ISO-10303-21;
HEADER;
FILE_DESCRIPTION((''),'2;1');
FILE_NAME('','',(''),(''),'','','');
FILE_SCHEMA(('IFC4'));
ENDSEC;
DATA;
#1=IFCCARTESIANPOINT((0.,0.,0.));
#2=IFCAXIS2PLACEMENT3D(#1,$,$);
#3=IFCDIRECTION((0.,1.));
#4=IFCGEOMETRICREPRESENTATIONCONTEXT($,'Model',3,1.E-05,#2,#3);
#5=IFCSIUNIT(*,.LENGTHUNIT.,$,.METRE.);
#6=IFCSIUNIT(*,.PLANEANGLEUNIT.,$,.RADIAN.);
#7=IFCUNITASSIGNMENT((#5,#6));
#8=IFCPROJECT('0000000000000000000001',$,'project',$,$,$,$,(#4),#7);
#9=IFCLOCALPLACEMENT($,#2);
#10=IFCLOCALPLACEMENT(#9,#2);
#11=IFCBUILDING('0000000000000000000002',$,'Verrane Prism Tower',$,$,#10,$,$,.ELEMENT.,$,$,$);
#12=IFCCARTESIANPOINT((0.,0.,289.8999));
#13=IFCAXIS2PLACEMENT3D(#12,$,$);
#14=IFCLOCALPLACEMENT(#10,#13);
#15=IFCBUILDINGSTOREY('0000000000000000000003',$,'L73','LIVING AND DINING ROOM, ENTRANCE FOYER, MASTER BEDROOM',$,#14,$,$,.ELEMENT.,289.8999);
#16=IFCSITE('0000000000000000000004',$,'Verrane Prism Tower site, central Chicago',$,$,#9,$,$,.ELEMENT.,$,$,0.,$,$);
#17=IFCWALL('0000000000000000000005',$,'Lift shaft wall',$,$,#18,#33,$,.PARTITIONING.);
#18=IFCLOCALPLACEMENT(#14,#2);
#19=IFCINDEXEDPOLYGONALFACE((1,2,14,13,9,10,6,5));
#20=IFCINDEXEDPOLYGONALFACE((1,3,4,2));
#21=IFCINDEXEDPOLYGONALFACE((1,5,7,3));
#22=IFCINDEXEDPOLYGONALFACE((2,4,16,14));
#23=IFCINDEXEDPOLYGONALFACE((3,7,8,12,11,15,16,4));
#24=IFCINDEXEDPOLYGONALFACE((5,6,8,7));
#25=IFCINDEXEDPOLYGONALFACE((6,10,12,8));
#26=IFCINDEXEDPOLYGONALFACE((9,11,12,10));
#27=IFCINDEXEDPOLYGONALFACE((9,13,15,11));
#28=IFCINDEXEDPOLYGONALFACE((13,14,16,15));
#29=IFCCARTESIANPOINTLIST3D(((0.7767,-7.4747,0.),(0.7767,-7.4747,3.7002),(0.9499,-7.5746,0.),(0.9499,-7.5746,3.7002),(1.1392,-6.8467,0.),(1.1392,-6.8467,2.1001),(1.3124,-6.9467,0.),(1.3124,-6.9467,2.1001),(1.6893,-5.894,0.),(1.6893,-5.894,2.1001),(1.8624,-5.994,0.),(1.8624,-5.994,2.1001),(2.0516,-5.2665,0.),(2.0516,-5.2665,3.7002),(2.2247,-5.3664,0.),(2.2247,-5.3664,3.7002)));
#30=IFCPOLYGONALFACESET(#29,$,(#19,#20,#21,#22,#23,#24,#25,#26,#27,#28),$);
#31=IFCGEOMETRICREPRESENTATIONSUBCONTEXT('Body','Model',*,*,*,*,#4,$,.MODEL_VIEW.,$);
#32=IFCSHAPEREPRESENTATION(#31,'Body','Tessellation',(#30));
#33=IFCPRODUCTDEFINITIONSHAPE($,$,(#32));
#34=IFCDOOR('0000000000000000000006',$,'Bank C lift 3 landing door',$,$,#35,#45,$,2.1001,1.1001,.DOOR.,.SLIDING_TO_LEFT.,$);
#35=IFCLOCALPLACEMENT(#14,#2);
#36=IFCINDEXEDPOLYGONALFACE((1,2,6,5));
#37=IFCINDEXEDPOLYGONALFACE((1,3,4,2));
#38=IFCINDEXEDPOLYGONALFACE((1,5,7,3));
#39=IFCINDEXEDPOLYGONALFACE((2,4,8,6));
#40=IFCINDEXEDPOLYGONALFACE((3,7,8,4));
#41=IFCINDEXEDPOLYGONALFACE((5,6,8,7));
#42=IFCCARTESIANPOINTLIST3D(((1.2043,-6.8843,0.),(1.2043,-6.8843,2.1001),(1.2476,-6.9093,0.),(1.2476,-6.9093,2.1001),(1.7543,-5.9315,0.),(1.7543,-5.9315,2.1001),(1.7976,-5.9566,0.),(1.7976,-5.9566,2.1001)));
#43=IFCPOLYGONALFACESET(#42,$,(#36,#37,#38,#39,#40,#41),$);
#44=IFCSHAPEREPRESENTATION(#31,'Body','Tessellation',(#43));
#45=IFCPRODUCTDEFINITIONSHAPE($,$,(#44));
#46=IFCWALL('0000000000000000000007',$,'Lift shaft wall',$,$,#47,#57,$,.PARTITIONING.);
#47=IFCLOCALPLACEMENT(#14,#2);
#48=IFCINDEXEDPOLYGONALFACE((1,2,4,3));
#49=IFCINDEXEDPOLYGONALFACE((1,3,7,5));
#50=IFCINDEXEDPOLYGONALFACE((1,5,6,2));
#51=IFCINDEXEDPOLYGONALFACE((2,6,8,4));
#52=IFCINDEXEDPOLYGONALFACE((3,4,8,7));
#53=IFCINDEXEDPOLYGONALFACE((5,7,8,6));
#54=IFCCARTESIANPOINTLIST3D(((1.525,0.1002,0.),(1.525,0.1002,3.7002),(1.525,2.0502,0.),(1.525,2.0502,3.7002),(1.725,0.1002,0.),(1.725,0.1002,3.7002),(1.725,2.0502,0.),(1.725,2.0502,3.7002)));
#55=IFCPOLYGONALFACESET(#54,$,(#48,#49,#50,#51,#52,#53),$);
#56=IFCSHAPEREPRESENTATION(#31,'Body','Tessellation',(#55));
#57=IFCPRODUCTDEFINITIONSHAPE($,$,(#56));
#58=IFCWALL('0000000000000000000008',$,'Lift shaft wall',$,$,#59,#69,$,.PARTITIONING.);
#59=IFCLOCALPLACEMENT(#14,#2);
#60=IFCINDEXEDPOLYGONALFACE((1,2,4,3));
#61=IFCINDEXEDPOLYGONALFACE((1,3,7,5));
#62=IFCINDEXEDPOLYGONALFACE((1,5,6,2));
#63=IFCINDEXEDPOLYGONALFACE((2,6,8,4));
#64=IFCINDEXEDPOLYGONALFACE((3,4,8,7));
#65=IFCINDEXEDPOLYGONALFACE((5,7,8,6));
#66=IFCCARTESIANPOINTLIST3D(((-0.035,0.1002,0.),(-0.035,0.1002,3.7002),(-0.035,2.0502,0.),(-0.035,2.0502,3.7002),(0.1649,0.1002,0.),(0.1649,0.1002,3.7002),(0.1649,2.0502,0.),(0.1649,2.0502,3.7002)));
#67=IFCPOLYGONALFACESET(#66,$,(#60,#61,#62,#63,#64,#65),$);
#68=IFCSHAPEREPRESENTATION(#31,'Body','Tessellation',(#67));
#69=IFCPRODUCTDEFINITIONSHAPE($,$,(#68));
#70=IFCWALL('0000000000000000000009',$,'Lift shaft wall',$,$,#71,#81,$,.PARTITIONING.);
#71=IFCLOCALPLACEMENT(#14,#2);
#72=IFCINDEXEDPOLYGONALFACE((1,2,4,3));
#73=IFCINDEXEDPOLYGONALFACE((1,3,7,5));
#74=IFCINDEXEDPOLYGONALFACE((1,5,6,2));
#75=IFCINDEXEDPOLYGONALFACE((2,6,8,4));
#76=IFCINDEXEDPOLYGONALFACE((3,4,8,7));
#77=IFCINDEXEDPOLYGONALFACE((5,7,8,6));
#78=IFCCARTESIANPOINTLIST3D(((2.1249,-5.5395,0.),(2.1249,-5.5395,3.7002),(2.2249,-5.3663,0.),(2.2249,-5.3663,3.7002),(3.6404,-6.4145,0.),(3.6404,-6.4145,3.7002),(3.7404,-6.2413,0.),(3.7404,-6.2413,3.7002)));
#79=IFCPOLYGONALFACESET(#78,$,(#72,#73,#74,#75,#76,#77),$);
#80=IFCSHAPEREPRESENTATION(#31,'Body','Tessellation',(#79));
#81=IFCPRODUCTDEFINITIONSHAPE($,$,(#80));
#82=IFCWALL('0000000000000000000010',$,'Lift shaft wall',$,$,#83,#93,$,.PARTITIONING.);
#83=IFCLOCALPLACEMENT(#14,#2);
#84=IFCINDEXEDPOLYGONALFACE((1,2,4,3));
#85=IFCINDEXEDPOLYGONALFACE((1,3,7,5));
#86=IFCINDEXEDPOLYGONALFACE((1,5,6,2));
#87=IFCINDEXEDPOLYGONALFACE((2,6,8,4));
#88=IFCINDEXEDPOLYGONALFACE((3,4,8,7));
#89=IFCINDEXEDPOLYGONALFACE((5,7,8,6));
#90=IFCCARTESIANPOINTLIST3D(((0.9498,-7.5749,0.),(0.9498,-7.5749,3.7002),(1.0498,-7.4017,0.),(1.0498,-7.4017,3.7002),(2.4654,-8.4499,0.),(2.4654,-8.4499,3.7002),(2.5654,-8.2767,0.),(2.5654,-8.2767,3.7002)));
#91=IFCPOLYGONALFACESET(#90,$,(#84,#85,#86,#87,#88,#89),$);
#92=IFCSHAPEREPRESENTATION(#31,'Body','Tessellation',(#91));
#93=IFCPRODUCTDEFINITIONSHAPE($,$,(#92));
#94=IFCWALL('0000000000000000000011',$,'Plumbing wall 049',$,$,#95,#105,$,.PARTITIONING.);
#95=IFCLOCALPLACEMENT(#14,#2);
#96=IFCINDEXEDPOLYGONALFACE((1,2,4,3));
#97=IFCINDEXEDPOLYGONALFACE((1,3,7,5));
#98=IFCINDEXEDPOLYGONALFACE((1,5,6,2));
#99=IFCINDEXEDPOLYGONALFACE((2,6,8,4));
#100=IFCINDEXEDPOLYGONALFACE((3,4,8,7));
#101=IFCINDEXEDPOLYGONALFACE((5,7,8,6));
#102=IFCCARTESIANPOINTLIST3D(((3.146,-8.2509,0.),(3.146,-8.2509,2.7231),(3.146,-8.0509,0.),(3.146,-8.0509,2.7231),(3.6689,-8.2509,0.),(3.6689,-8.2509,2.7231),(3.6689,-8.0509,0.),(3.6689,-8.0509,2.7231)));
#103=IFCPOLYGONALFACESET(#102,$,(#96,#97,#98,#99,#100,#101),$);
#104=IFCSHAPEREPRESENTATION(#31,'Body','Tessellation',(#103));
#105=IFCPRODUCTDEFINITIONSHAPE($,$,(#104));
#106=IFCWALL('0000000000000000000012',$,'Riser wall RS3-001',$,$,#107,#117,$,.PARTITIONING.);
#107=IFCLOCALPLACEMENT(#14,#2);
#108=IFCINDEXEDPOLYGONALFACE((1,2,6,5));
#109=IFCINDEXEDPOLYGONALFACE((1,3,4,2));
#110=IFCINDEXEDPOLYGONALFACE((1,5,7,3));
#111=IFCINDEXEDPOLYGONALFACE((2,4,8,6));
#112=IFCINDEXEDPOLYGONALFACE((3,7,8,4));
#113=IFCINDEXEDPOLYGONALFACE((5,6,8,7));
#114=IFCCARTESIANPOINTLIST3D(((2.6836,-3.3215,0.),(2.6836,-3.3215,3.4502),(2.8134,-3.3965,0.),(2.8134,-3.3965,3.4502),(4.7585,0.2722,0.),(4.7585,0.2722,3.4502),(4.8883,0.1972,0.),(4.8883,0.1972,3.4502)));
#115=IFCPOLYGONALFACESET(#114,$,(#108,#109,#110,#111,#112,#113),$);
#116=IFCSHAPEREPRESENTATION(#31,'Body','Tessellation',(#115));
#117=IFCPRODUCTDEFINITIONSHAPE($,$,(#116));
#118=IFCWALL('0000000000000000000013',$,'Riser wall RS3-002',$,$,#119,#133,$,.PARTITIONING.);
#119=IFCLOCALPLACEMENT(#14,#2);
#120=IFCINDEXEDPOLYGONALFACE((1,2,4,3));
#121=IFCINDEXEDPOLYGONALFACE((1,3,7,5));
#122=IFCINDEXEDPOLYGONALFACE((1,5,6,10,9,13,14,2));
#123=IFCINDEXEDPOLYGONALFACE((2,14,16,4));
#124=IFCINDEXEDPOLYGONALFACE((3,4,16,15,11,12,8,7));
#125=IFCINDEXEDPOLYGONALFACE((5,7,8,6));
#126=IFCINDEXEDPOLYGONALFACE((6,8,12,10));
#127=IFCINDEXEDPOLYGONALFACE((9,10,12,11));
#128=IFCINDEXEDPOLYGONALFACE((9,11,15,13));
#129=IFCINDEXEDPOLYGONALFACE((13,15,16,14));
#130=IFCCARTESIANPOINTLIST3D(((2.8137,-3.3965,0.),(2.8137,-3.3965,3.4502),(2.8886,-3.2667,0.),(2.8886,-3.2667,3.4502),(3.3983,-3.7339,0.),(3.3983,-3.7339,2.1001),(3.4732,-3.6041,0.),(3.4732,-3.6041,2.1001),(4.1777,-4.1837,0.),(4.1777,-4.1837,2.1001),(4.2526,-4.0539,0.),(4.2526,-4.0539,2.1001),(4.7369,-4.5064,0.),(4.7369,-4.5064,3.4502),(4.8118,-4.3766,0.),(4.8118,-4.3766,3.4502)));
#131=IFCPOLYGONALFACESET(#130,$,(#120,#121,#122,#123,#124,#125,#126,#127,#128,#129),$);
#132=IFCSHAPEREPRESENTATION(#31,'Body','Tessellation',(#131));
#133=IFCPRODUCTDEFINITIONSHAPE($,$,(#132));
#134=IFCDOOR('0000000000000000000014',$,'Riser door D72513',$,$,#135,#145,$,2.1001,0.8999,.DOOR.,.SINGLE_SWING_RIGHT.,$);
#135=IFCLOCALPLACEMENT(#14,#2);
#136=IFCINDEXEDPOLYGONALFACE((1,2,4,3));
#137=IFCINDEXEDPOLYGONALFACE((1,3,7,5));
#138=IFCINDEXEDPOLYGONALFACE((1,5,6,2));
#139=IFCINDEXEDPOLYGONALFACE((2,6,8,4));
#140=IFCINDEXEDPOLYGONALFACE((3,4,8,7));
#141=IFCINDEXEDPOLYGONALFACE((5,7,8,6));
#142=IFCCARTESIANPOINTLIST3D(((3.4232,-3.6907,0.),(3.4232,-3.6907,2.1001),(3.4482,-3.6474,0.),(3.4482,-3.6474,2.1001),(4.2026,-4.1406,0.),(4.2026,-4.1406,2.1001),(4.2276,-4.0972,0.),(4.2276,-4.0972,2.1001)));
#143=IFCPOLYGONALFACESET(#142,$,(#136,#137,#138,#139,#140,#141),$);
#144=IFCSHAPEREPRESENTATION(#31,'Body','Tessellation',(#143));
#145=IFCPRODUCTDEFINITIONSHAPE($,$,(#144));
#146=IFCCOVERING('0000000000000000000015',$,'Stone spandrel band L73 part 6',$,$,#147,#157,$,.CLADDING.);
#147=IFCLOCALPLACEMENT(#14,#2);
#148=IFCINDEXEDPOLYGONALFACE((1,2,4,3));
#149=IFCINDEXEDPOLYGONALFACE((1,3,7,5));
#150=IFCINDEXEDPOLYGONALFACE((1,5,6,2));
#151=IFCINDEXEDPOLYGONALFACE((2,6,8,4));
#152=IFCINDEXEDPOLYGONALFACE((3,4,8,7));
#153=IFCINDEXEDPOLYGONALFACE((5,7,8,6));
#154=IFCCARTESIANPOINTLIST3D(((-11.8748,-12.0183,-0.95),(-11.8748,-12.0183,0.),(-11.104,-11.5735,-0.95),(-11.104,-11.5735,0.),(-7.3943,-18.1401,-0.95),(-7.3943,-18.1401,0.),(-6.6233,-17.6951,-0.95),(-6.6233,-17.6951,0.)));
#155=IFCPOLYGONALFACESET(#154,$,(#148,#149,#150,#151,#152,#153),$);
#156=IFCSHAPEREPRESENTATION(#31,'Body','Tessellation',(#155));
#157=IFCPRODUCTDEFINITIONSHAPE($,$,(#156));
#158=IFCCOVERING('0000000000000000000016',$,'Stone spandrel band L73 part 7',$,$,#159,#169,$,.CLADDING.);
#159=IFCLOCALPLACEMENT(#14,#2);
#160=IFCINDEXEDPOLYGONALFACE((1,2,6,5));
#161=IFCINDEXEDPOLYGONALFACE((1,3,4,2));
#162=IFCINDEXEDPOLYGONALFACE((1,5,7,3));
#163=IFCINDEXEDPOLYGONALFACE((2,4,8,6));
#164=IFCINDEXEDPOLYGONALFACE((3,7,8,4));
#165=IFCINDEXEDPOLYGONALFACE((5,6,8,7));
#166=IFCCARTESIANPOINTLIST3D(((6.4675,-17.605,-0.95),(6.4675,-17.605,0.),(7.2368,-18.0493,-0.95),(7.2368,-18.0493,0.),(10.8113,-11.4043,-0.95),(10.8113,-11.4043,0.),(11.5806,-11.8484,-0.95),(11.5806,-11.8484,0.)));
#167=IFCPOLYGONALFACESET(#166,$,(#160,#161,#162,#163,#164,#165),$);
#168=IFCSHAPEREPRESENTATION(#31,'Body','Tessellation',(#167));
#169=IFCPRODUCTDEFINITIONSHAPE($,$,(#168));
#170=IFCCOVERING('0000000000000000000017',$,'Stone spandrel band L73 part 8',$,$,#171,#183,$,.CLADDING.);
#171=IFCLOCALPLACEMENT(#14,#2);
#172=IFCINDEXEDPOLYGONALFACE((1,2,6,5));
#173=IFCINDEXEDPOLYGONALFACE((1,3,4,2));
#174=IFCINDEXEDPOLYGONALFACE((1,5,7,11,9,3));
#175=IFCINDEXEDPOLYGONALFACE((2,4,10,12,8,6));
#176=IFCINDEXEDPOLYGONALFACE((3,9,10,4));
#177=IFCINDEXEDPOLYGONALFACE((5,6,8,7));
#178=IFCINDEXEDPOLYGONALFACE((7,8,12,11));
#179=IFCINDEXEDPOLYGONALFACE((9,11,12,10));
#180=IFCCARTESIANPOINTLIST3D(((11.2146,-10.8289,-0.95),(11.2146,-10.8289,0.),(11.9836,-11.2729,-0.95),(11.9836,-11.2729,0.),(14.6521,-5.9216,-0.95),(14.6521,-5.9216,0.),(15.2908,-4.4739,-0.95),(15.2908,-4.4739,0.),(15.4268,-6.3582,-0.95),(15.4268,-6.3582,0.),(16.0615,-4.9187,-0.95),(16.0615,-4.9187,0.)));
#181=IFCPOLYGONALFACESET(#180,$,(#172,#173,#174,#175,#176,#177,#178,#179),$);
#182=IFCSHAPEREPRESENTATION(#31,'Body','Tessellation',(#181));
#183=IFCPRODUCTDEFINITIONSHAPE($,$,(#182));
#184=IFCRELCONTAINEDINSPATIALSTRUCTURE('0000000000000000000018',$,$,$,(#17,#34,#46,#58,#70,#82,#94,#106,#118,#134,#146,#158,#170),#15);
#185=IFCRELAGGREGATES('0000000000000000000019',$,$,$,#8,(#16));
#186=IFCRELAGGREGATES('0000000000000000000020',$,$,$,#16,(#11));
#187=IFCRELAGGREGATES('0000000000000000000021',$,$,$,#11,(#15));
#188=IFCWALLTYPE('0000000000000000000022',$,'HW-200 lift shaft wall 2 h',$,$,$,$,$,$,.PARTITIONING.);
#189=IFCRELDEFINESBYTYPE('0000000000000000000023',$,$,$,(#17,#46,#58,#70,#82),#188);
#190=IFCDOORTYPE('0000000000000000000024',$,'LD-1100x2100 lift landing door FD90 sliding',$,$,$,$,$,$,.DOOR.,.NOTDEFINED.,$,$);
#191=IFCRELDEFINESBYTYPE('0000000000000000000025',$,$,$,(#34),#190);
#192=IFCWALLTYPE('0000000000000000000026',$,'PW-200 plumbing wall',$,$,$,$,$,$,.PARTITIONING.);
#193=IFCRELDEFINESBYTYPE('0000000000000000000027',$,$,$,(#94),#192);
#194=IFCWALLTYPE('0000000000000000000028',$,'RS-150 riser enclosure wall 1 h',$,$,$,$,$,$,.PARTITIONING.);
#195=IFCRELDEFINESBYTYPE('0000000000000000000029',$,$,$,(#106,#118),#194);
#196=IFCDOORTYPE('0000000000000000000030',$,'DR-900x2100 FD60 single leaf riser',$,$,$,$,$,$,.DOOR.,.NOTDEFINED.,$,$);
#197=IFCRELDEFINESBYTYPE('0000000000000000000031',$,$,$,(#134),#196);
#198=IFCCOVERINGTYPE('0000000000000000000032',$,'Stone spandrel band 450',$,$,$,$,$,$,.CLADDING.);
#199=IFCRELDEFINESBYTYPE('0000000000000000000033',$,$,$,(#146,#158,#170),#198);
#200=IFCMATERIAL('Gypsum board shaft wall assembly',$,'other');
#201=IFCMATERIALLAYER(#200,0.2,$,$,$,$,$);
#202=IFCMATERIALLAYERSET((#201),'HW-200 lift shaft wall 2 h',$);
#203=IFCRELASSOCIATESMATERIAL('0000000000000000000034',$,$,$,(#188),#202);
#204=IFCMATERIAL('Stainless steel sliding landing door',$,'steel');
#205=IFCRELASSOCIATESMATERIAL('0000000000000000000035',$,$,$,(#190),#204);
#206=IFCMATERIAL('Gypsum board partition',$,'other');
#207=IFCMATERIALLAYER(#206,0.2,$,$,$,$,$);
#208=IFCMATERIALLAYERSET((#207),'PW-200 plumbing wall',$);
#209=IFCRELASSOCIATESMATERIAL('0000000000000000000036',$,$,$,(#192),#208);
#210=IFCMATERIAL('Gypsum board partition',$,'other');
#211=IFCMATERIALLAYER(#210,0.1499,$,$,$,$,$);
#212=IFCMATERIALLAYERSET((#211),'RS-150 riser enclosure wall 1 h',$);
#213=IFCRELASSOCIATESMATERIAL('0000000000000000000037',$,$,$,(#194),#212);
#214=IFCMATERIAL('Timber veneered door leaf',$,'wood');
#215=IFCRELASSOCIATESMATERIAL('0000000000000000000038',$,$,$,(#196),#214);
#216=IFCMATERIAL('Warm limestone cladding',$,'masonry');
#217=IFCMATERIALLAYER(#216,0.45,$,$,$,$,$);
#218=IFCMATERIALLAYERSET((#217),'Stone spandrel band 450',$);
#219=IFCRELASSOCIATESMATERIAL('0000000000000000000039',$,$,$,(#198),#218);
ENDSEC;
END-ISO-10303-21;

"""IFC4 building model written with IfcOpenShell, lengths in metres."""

from ifc_helpers import new_model, si_unit, direction, frame, frame_2d, origin, place, context, subcontext, project, spatial, polyline, rectangle, outline, extrude, material, layer, layer_set, type_object, element, fill, save


model = new_model("IFC4")

# Units and contexts
model_context = context("Model", 3, precision=1e-05, world=origin(), true_north=direction((0.0, 1.0)))
body_context = subcontext(model_context, "Body", "Model", "MODEL_VIEW")
ifc_project = project(units=[si_unit("LENGTHUNIT", "METRE"), si_unit("PLANEANGLEUNIT", "RADIAN")], contexts=[model_context])

# Site, building, storey
site_placement = place(None, origin())
site = spatial("IfcSite", under=ifc_project, at=site_placement, Name="Verrane Prism Tower site, central Chicago", CompositionType="ELEMENT", RefElevation=0.0)
building_placement = place(site_placement, origin())
building = spatial("IfcBuilding", under=site, at=building_placement, Name="Verrane Prism Tower", CompositionType="ELEMENT")
storey_placement = place(building_placement, frame((0.0, 0.0, 289.8999)))
storey = spatial("IfcBuildingStorey", under=building, at=storey_placement, Name="L73", Description="LIVING AND DINING ROOM, ENTRANCE FOYER, MASTER BEDROOM", CompositionType="ELEMENT", Elevation=289.8999)

# Shared definitions
ifc_material_1 = material(Name="Gypsum board shaft wall assembly", Category="other")
ifc_layer_1 = layer(ifc_material_1, 0.2)
ifc_layer_set_1 = layer_set([ifc_layer_1], Name="HW-200 lift shaft wall 2 h")
wall_type_1 = type_object("IfcWallType", Name="HW-200 lift shaft wall 2 h", PredefinedType="PARTITIONING", material=ifc_layer_set_1)

# Wall, opening, door
wall_1_placement = place(storey_placement, frame((0.8633, -7.5247, 0.0), z_axis=(0.0, 0.0, 1.0), x_axis=(0.49999, 0.866031, 0.0)))
wall_1 = element("IfcWall", 1, at=wall_1_placement, inside=storey, type_object=wall_type_1, Name="Lift shaft wall", PredefinedType="PARTITIONING", context=body_context, shape_type="SweptSolid", body=[
    extrude(rectangle(XDim=2.5498, YDim=0.2, at=frame_2d((1.2749, 0.0))), origin(), (0.0, 0.0, 1.0), 3.7002),
])
opening_1_placement = place(wall_1_placement, frame((0.7251, 0.0, 0.0)))
opening_1 = element("IfcOpeningElement", 2, at=opening_1_placement, cuts=wall_1, PredefinedType="OPENING", context=body_context, shape_type="SweptSolid", body=[
    extrude(rectangle(XDim=1.1001, YDim=2.1001, at=frame_2d((0.55, 1.05))), frame((0.0, 0.1099, 0.0), z_axis=(0.0, -1.0, 0.0), x_axis=(1.0, 0.0, 0.0)), (0.0, 0.0, 1.0), 0.22),
])
ifc_material_2 = material(Name="Stainless steel sliding landing door", Category="steel")
door_type_1 = type_object("IfcDoorType", Name="LD-1100x2100 lift landing door FD90 sliding", OperationType="NOTDEFINED", PredefinedType="DOOR", material=ifc_material_2)
door_1_placement = place(opening_1_placement, origin())
door_1 = element("IfcDoor", 3, at=door_1_placement, inside=storey, type_object=door_type_1, Name="Bank C lift 3 landing door", OperationType="SLIDING_TO_LEFT", OverallHeight=2.1001, OverallWidth=1.1001, PredefinedType="DOOR", context=body_context, shape_type="SweptSolid", body=[
    extrude(rectangle(XDim=1.1001, YDim=2.1001, at=frame_2d((0.55, 1.05))), frame((0.0, 0.0249, 0.0), z_axis=(0.0, -1.0, 0.0), x_axis=(1.0, 0.0, 0.0)), (0.0, 0.0, 1.0), 0.05),
])
fill(opening_1, door_1)

# Walls
for number, where, z_axis, x_axis, name in (
    (4, (1.625, 0.1001, 0.0), (0.0, 0.0, 1.0), (0.0, 1.0, 0.0), "Lift shaft wall"),
    (5, (0.0649, 0.1001, 0.0), (0.0, 0.0, 1.0), (0.0, 1.0, 0.0), "Lift shaft wall"),
):
    element("IfcWall", number, at=place(storey_placement, frame(where, z_axis=z_axis, x_axis=x_axis)), inside=storey, type_object=wall_type_1, Name=name, PredefinedType="PARTITIONING", context=body_context, shape_type="SweptSolid", body=[
        extrude(rectangle(XDim=1.95, YDim=0.2, at=frame_2d((0.9751, 0.0))), origin(), (0.0, 0.0, 1.0), 3.7002),
    ])
for number, where, z_axis, x_axis, name in (
    (6, (3.6904, -6.3279, 0.0), (0.0, 0.0, 1.0), (-0.866037, 0.49998, 0.0), "Lift shaft wall"),
    (7, (2.5154, -8.3633, 0.0), (0.0, 0.0, 1.0), (-0.866037, 0.49998, 0.0), "Lift shaft wall"),
):
    element("IfcWall", number, at=place(storey_placement, frame(where, z_axis=z_axis, x_axis=x_axis)), inside=storey, type_object=wall_type_1, Name=name, PredefinedType="PARTITIONING", context=body_context, shape_type="SweptSolid", body=[
        extrude(rectangle(XDim=1.75, YDim=0.2, at=frame_2d((0.875, 0.0))), origin(), (0.0, 0.0, 1.0), 3.7002),
    ])
ifc_material_3 = material(Name="Gypsum board partition", Category="other")
ifc_layer_2 = layer(ifc_material_3, 0.2)
ifc_layer_set_2 = layer_set([ifc_layer_2], Name="PW-200 plumbing wall")
wall_type_2 = type_object("IfcWallType", Name="PW-200 plumbing wall", PredefinedType="PARTITIONING", material=ifc_layer_set_2)
wall_2_placement = place(storey_placement, frame((3.146, -8.1509, 0.0), z_axis=(0.0, 0.0, 1.0), x_axis=(1.0, 0.0, 0.0)))
element("IfcWall", 8, at=wall_2_placement, inside=storey, type_object=wall_type_2, Name="Plumbing wall 049", PredefinedType="PARTITIONING", context=body_context, shape_type="SweptSolid", body=[
    extrude(rectangle(XDim=0.5229, YDim=0.2, at=frame_2d((0.2615, 0.0))), origin(), (0.0, 0.0, 1.0), 2.7231),
])
ifc_material_4 = material(Name="Gypsum board partition", Category="other")
ifc_layer_3 = layer(ifc_material_4, 0.1499)
ifc_layer_set_3 = layer_set([ifc_layer_3], Name="RS-150 riser enclosure wall 1 h")
wall_type_3 = type_object("IfcWallType", Name="RS-150 riser enclosure wall 1 h", PredefinedType="PARTITIONING", material=ifc_layer_set_3)
wall_3_placement = place(storey_placement, frame((2.7485, -3.3589, 0.0), z_axis=(0.0, 0.0, 1.0), x_axis=(0.500018, 0.866015, 0.0)))
element("IfcWall", 9, at=wall_3_placement, inside=storey, type_object=wall_type_3, Name="Riser wall RS3-001", PredefinedType="PARTITIONING", context=body_context, shape_type="SweptSolid", body=[
    extrude(rectangle(XDim=4.1497, YDim=0.1499, at=frame_2d((2.0747, 0.0))), origin(), (0.0, 0.0, 1.0), 3.4502),
])

# Wall, opening, door
wall_4_placement = place(storey_placement, frame((2.8511, -3.3315, 0.0), z_axis=(0.0, 0.0, 1.0), x_axis=(0.866111, -0.499853, 0.0)))
wall_4 = element("IfcWall", 10, at=wall_4_placement, inside=storey, type_object=wall_type_3, Name="Riser wall RS3-002", PredefinedType="PARTITIONING", context=body_context, shape_type="SweptSolid", body=[
    extrude(rectangle(XDim=2.2205, YDim=0.1499, at=frame_2d((1.1104, 0.0))), origin(), (0.0, 0.0, 1.0), 3.4502),
])
opening_2_placement = place(wall_4_placement, frame((0.675, 0.0, 0.0)))
opening_2 = element("IfcOpeningElement", 11, at=opening_2_placement, cuts=wall_4, PredefinedType="OPENING", context=body_context, shape_type="SweptSolid", body=[
    extrude(rectangle(XDim=0.8999, YDim=2.1001, at=frame_2d((0.45, 1.05))), frame((0.0, 0.085, 0.0), z_axis=(0.0, -1.0, 0.0), x_axis=(1.0, 0.0, 0.0)), (0.0, 0.0, 1.0), 0.1699),
])
ifc_material_5 = material(Name="Timber veneered door leaf", Category="wood")
door_type_2 = type_object("IfcDoorType", Name="DR-900x2100 FD60 single leaf riser", OperationType="NOTDEFINED", PredefinedType="DOOR", material=ifc_material_5)
door_2_placement = place(opening_2_placement, origin())
door_2 = element("IfcDoor", 12, at=door_2_placement, inside=storey, type_object=door_type_2, Name="Riser door D72513", OperationType="SINGLE_SWING_RIGHT", OverallHeight=2.1001, OverallWidth=0.8999, PredefinedType="DOOR", context=body_context, shape_type="SweptSolid", body=[
    extrude(rectangle(XDim=0.8999, YDim=2.1001, at=frame_2d((0.45, 1.05))), frame((0.0, 0.0249, 0.0), z_axis=(0.0, -1.0, 0.0), x_axis=(1.0, 0.0, 0.0)), (0.0, 0.0, 1.0), 0.05),
])
fill(opening_2, door_2)

# Coverings
ifc_material_6 = material(Name="Warm limestone cladding", Category="masonry")
ifc_layer_4 = layer(ifc_material_6, 0.45)
ifc_layer_set_4 = layer_set([ifc_layer_4], Name="Stone spandrel band 450")
covering_type = type_object("IfcCoveringType", Name="Stone spandrel band 450", PredefinedType="CLADDING", material=ifc_layer_set_4)
covering_1_placement = place(storey_placement, frame((0.0, 0.0, -0.95)))
element("IfcCovering", 13, at=covering_1_placement, inside=storey, type_object=covering_type, Name="Stone spandrel band L73 part 6", PredefinedType="CLADDING", context=body_context, shape_type="SweptSolid", body=[
    extrude(outline(polyline([(-7.3943, -18.1401), (-6.6233, -17.6951), (-11.104, -11.5735), (-11.8748, -12.0183), (-7.3943, -18.1401)])), origin(), (0.0, 0.0, 1.0), 0.95),
])
covering_2_placement = place(storey_placement, frame((0.0, 0.0, -0.95)))
element("IfcCovering", 14, at=covering_2_placement, inside=storey, type_object=covering_type, Name="Stone spandrel band L73 part 7", PredefinedType="CLADDING", context=body_context, shape_type="SweptSolid", body=[
    extrude(outline(polyline([(11.5806, -11.8484), (10.8113, -11.4043), (6.4675, -17.605), (7.2368, -18.0493), (11.5806, -11.8484)])), origin(), (0.0, 0.0, 1.0), 0.95),
])
covering_3_placement = place(storey_placement, frame((0.0, 0.0, -0.95)))
element("IfcCovering", 15, at=covering_3_placement, inside=storey, type_object=covering_type, Name="Stone spandrel band L73 part 8", PredefinedType="CLADDING", context=body_context, shape_type="SweptSolid", body=[
    extrude(outline(polyline([(16.0615, -4.9187), (15.2908, -4.4739), (14.6521, -5.9216), (11.2146, -10.8289), (11.9836, -11.2729), (15.4268, -6.3582), (16.0615, -4.9187)])), origin(), (0.0, 0.0, 1.0), 0.95),
])

save(model, "model.ifc")
